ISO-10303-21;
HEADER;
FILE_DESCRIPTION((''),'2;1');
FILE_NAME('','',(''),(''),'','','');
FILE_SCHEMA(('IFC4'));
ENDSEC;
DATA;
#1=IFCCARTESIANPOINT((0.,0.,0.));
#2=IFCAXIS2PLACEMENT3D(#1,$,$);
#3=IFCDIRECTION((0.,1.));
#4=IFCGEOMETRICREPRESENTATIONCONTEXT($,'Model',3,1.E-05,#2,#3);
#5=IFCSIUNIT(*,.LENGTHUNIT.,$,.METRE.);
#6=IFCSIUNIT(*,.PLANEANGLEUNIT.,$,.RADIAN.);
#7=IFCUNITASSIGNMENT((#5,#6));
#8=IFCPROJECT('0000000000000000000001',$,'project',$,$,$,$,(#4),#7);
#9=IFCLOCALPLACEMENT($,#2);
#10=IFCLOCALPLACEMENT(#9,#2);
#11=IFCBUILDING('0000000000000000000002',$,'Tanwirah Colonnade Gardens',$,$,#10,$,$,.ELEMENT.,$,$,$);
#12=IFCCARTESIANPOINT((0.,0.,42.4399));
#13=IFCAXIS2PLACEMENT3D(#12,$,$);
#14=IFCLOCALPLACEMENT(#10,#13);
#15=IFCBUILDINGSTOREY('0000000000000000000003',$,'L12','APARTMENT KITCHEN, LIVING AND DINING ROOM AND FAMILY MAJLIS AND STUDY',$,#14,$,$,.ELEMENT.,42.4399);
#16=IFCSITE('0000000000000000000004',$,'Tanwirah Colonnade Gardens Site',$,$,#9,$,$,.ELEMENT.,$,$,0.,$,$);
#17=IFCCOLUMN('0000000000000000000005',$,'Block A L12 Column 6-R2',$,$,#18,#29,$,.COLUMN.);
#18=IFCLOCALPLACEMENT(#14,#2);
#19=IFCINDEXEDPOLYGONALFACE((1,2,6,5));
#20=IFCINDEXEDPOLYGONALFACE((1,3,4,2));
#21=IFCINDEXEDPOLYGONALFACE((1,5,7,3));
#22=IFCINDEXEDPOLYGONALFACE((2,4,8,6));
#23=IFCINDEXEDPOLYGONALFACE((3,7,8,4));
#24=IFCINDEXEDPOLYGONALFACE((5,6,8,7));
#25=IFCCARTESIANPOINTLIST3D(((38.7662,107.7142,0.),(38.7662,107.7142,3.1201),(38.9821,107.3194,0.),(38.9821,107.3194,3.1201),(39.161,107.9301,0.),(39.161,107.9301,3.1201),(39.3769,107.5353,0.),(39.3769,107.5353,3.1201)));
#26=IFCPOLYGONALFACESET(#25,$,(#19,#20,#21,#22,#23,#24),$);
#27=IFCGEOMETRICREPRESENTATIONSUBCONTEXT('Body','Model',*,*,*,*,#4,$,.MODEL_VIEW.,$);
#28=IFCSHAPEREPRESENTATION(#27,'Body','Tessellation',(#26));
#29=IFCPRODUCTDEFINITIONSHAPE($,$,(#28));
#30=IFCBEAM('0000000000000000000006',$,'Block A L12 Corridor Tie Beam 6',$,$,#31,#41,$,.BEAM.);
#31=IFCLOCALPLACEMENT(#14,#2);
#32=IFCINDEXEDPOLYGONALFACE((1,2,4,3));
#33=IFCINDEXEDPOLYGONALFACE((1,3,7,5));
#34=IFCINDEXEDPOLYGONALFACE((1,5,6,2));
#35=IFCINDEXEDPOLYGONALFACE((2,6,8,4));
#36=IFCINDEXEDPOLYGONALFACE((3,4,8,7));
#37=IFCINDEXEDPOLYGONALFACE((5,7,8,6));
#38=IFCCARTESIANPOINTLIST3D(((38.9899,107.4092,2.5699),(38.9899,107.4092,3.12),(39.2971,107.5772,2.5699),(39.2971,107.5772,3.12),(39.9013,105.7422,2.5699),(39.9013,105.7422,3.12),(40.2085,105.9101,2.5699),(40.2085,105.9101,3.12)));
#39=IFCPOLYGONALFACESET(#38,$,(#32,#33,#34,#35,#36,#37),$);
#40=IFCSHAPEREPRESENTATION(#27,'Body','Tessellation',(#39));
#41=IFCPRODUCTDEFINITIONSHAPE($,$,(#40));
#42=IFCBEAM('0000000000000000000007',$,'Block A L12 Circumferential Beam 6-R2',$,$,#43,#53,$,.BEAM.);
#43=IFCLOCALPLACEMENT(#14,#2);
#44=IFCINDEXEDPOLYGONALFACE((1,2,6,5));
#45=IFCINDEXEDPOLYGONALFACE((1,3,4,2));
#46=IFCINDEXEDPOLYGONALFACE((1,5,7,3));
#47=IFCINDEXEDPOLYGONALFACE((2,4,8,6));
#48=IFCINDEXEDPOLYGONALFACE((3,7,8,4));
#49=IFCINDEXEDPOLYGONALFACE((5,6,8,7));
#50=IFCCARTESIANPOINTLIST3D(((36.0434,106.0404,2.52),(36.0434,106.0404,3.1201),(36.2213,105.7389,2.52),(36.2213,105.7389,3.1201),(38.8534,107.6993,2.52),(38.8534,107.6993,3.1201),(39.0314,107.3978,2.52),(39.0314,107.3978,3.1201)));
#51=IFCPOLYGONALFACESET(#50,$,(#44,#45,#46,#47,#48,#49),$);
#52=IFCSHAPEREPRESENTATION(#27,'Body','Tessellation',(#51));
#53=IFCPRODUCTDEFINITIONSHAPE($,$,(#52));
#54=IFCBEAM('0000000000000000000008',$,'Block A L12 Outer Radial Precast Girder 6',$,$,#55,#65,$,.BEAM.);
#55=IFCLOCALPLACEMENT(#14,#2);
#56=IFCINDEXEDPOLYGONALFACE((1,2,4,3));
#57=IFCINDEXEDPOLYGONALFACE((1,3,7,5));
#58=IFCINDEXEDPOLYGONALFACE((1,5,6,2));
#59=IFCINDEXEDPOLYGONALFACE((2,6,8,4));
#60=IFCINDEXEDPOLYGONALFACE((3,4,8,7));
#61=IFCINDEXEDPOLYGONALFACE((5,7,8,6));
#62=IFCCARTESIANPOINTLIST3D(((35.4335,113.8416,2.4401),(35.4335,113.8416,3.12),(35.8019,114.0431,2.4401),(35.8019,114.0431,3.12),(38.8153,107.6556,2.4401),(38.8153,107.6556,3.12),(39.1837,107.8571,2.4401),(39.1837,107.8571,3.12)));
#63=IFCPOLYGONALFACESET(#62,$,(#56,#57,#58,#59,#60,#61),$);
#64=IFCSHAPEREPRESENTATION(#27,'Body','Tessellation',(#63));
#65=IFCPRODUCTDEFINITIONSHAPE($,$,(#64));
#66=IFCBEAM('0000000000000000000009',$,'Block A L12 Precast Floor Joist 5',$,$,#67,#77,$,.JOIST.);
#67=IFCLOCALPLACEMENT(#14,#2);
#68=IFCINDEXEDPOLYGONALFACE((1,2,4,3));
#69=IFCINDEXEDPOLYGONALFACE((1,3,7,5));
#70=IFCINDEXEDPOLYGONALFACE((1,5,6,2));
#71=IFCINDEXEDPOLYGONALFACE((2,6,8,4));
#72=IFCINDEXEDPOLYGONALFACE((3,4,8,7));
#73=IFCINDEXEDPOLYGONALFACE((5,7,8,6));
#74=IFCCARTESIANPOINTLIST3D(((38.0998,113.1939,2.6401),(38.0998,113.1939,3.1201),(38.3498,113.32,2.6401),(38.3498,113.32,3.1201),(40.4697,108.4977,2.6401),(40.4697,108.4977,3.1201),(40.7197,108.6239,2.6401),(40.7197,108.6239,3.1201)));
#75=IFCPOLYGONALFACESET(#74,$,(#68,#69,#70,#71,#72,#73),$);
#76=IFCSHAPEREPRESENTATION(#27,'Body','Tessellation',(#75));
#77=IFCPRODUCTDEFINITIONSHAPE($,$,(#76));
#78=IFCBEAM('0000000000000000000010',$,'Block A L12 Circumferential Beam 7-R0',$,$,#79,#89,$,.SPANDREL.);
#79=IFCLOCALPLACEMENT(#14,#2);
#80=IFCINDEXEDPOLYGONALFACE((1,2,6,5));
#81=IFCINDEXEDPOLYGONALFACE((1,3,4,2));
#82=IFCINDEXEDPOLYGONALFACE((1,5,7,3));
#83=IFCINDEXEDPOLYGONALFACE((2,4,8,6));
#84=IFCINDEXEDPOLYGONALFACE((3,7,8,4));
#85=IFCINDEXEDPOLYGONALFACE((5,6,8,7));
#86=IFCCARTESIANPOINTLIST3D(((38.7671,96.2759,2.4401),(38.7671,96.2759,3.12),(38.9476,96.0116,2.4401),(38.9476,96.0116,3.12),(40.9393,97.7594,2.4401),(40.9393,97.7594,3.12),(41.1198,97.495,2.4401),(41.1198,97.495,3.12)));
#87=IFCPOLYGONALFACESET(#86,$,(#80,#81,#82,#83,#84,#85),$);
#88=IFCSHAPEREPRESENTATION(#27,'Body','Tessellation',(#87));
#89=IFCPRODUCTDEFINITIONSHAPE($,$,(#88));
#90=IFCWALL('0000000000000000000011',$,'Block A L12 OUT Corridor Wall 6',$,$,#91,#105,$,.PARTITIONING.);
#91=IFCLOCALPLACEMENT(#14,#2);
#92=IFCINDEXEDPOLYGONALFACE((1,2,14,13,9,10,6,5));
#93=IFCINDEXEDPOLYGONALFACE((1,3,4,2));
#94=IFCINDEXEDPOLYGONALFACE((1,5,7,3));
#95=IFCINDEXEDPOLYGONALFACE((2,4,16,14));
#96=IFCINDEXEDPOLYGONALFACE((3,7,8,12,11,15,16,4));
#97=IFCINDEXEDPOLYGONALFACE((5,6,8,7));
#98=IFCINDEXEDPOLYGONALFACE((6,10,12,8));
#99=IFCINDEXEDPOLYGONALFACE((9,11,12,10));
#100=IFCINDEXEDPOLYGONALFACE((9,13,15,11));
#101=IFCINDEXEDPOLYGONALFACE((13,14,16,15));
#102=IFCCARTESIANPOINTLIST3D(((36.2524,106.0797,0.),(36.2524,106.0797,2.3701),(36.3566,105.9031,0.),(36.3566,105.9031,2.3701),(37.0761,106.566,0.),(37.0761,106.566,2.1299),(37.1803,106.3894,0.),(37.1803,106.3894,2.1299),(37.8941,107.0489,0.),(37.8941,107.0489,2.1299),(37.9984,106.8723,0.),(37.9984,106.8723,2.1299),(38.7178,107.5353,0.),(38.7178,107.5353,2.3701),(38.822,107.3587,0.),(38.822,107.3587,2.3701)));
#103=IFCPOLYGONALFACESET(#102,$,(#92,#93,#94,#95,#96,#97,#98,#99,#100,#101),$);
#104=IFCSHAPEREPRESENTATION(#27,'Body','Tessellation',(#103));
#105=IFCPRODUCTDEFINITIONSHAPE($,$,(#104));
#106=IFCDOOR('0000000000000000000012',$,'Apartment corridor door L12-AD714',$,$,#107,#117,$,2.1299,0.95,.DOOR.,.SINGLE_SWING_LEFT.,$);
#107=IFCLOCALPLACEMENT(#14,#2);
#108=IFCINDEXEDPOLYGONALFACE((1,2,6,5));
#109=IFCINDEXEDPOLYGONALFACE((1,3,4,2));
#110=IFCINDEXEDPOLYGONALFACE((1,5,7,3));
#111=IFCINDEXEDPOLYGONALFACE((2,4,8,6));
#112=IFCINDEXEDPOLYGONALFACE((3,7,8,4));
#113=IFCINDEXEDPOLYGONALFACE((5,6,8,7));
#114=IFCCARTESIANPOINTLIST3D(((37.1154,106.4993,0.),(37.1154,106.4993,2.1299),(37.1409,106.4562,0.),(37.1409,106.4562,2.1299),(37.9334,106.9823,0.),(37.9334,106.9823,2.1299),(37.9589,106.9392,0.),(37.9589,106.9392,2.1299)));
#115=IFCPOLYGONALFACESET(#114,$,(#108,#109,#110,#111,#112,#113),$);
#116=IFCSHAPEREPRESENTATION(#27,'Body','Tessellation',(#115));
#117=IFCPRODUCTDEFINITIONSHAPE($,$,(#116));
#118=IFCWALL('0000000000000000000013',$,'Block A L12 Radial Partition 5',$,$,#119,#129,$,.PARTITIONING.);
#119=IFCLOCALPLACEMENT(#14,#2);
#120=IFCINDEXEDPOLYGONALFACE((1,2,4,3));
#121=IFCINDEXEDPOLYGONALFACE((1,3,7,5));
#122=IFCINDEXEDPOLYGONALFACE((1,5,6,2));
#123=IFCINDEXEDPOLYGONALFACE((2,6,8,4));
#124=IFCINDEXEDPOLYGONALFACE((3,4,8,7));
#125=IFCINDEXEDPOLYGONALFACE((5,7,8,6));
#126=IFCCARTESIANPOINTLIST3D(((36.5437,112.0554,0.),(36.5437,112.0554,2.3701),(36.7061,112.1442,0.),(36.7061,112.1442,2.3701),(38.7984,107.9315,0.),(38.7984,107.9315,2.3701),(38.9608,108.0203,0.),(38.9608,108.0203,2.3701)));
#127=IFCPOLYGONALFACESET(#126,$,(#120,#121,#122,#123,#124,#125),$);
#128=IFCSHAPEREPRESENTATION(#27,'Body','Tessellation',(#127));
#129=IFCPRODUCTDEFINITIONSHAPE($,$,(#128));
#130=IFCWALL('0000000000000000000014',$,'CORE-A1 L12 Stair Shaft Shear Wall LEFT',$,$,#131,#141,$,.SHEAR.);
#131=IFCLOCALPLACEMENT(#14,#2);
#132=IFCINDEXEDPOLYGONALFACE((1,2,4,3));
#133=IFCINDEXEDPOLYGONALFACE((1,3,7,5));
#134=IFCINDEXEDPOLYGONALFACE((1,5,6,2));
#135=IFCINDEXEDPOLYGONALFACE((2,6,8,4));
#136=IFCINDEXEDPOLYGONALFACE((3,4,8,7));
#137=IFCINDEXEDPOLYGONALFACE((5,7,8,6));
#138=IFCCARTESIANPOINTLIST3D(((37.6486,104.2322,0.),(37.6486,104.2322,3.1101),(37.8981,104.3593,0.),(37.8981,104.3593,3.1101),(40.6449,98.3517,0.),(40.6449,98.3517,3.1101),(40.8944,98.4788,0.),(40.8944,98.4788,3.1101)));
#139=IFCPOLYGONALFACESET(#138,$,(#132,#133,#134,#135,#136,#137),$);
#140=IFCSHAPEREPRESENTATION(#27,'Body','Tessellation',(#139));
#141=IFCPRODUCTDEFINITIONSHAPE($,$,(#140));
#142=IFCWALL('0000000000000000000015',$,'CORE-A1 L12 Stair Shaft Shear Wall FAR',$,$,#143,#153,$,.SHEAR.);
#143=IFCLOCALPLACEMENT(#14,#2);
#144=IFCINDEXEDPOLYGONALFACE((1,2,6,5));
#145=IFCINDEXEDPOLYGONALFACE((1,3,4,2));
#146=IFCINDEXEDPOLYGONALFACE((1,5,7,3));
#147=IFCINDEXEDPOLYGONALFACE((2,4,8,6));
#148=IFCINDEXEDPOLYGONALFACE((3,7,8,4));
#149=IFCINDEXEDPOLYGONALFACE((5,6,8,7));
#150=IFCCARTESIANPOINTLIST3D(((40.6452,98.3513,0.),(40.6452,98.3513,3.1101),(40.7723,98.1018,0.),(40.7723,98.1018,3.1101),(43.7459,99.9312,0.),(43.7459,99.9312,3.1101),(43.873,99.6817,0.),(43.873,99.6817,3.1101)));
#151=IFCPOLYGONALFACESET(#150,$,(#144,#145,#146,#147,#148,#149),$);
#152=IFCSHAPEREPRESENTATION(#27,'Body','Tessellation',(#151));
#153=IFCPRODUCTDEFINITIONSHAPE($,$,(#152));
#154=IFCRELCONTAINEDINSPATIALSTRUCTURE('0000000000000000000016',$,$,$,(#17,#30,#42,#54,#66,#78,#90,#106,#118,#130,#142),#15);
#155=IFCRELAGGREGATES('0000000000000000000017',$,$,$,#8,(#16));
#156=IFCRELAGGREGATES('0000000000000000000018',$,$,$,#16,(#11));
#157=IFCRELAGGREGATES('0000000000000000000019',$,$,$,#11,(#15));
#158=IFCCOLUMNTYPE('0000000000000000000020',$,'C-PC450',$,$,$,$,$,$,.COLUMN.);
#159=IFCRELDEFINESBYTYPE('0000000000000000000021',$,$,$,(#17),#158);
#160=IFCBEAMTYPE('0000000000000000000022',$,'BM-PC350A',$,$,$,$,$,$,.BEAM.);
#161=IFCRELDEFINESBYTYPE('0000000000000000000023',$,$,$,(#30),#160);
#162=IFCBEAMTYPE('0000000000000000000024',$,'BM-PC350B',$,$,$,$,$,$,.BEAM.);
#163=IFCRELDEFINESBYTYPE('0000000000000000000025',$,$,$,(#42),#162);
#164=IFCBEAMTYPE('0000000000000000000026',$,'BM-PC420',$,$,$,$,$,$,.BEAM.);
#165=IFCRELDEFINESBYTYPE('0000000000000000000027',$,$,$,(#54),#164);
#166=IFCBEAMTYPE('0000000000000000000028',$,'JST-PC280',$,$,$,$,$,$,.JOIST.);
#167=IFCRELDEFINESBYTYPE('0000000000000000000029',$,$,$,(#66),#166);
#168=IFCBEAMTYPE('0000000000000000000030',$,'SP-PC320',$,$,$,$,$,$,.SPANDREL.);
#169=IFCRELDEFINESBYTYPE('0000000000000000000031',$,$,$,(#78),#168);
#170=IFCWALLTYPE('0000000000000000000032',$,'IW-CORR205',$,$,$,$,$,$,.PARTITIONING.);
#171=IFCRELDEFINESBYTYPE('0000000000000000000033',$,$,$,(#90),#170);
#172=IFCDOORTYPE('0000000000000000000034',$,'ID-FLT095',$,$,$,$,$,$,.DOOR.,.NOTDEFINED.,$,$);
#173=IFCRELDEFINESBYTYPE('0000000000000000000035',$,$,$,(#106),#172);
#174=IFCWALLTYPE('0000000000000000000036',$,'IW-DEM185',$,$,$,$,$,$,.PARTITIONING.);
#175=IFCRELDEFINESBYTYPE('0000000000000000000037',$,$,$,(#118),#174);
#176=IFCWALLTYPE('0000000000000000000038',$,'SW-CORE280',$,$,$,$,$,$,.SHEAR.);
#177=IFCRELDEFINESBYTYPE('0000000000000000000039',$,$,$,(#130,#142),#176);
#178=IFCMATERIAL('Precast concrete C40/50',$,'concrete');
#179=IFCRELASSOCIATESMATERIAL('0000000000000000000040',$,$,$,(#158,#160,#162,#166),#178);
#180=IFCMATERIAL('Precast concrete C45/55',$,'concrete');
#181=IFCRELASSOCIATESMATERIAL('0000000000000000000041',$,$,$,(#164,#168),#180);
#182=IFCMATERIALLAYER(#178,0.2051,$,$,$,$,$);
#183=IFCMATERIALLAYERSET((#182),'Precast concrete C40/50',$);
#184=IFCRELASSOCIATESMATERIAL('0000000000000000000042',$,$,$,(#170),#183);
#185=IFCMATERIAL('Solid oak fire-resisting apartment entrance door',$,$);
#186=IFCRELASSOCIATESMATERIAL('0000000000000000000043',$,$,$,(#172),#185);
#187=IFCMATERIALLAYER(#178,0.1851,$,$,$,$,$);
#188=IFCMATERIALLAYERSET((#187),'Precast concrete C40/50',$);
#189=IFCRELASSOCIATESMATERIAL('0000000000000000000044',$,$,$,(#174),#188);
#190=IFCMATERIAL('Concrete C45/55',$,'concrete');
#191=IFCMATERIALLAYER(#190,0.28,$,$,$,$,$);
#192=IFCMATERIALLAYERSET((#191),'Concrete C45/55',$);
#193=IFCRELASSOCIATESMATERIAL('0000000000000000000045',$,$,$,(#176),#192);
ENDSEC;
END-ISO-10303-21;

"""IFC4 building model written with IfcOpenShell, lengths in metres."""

from ifc_helpers import new_model, si_unit, direction, frame, frame_2d, origin, origin_2d, place, context, subcontext, project, spatial, rectangle, extrude, material, layer, layer_set, material_profile, profile_set, type_object, element, fill, save


model = new_model("IFC4")

# Units and contexts
model_context = context("Model", 3, precision=1e-05, world=origin(), true_north=direction((0.0, 1.0)))
body_context = subcontext(model_context, "Body", "Model", "MODEL_VIEW")
ifc_project = project(units=[si_unit("LENGTHUNIT", "METRE"), si_unit("PLANEANGLEUNIT", "RADIAN")], contexts=[model_context])

# Site, building, storey
site_placement = place(None, origin())
site = spatial("IfcSite", under=ifc_project, at=site_placement, Name="Tanwirah Colonnade Gardens Site", CompositionType="ELEMENT", RefElevation=0.0)
building_placement = place(site_placement, origin())
building = spatial("IfcBuilding", under=site, at=building_placement, Name="Tanwirah Colonnade Gardens", CompositionType="ELEMENT")
storey_placement = place(building_placement, frame((0.0, 0.0, 42.4399)))
storey = spatial("IfcBuildingStorey", under=building, at=storey_placement, Name="L12", Description="APARTMENT KITCHEN, LIVING AND DINING ROOM AND FAMILY MAJLIS AND STUDY", CompositionType="ELEMENT", Elevation=42.4399)

# Column
ifc_material_1 = material(Name="Precast concrete C40/50", Category="concrete")
ifc_material_profile_1 = material_profile(ifc_material_1, rectangle(XDim=0.45, YDim=0.45, at=origin_2d()), Name="PC-COL 450x450")
ifc_profile_set_1 = profile_set([ifc_material_profile_1], Name="Precast concrete C40/50")
column_type = type_object("IfcColumnType", Name="C-PC450", PredefinedType="COLUMN", material=ifc_profile_set_1)
column_placement = place(storey_placement, frame((39.0715, 107.6248, 0.0), z_axis=(0.0, 0.0, 1.0), x_axis=(-0.479713, 0.877425, 0.0)))
element("IfcColumn", 1, at=column_placement, inside=storey, type_object=column_type, Name="Block A L12 Column 6-R2", PredefinedType="COLUMN", context=body_context, shape_type="SweptSolid", body=[
    extrude(rectangle(XDim=0.45, YDim=0.45, at=origin_2d()), origin(), (0.0, 0.0, 1.0), 3.1201),
])

# Beams
ifc_material_profile_2 = material_profile(ifc_material_1, rectangle(XDim=0.3501, YDim=0.55, at=origin_2d()), Name="PC-BM 350x550")
ifc_profile_set_2 = profile_set([ifc_material_profile_2], Name="Precast concrete C40/50")
beam_type_1 = type_object("IfcBeamType", Name="BM-PC350A", PredefinedType="BEAM", material=ifc_profile_set_2)
beam_1_placement = place(storey_placement, frame((40.0549, 105.8262, 2.845), z_axis=(-0.479707, 0.877429, 0.0), x_axis=(-0.877429, -0.479707, 0.0)))
element("IfcBeam", 2, at=beam_1_placement, inside=storey, type_object=beam_type_1, Name="Block A L12 Corridor Tie Beam 6", PredefinedType="BEAM", context=body_context, shape_type="SweptSolid", body=[
    extrude(rectangle(XDim=0.3501, YDim=0.55, at=origin_2d()), origin(), (0.0, 0.0, 1.0), 1.8999),
])
ifc_material_profile_3 = material_profile(ifc_material_1, rectangle(XDim=0.3501, YDim=0.6001, at=origin_2d()), Name="PC-BM 350x600")
ifc_profile_set_3 = profile_set([ifc_material_profile_3], Name="Precast concrete C40/50")
beam_type_2 = type_object("IfcBeamType", Name="BM-PC350B", PredefinedType="BEAM", material=ifc_profile_set_3)
beam_2_placement = place(storey_placement, frame((38.9424, 107.5486, 2.8201), z_axis=(-0.861135, -0.508376, 0.0), x_axis=(0.508376, -0.861135, 0.0)))
element("IfcBeam", 3, at=beam_2_placement, inside=storey, type_object=beam_type_2, Name="Block A L12 Circumferential Beam 6-R2", PredefinedType="BEAM", context=body_context, shape_type="SweptSolid", body=[
    extrude(rectangle(XDim=0.3501, YDim=0.6001, at=origin_2d()), origin(), (0.0, 0.0, 1.0), 3.2632),
])
ifc_material_2 = material(Name="Precast concrete C45/55", Category="concrete")
ifc_material_profile_4 = material_profile(ifc_material_2, rectangle(XDim=0.4199, YDim=0.6799, at=origin_2d()), Name="PC-BM 420x680")
ifc_profile_set_4 = profile_set([ifc_material_profile_4], Name="Precast concrete C45/55")
beam_type_3 = type_object("IfcBeamType", Name="BM-PC420", PredefinedType="BEAM", material=ifc_profile_set_4)
beam_3_placement = place(storey_placement, frame((38.9995, 107.7563, 2.78), z_axis=(-0.479687, 0.87744, 0.0), x_axis=(-0.87744, -0.479687, 0.0)))
element("IfcBeam", 4, at=beam_3_placement, inside=storey, type_object=beam_type_3, Name="Block A L12 Outer Radial Precast Girder 6", PredefinedType="BEAM", context=body_context, shape_type="SweptSolid", body=[
    extrude(rectangle(XDim=0.4199, YDim=0.6799, at=origin_2d()), origin(), (0.0, 0.0, 1.0), 7.05),
])
ifc_material_profile_5 = material_profile(ifc_material_1, rectangle(XDim=0.28, YDim=0.48, at=origin_2d()), Name="PC-JST 280x480")
ifc_profile_set_5 = profile_set([ifc_material_profile_5], Name="Precast concrete C40/50")
beam_type_4 = type_object("IfcBeamType", Name="JST-PC280", PredefinedType="JOIST", material=ifc_profile_set_5)
beam_4_placement = place(storey_placement, frame((40.5947, 108.5608, 2.8801), z_axis=(-0.450534, 0.892759, 0.0), x_axis=(-0.892759, -0.450534, 0.0)))
element("IfcBeam", 5, at=beam_4_placement, inside=storey, type_object=beam_type_4, Name="Block A L12 Precast Floor Joist 5", PredefinedType="JOIST", context=body_context, shape_type="SweptSolid", body=[
    extrude(rectangle(XDim=0.28, YDim=0.48, at=origin_2d()), origin(), (0.0, 0.0, 1.0), 5.2603),
])
ifc_material_profile_6 = material_profile(ifc_material_2, rectangle(XDim=0.3201, YDim=0.6799, at=origin_2d()), Name="PC-SP 320x680")
ifc_profile_set_6 = profile_set([ifc_material_profile_6], Name="Precast concrete C45/55")
beam_type_5 = type_object("IfcBeamType", Name="SP-PC320", PredefinedType="SPANDREL", material=ifc_profile_set_6)
beam_5_placement = place(storey_placement, frame((41.0295, 97.6272, 2.78), z_axis=(-0.825801, -0.563962, 0.0), x_axis=(0.563962, -0.825801, 0.0)))
element("IfcBeam", 6, at=beam_5_placement, inside=storey, type_object=beam_type_5, Name="Block A L12 Circumferential Beam 7-R0", PredefinedType="SPANDREL", context=body_context, shape_type="SweptSolid", body=[
    extrude(rectangle(XDim=0.3201, YDim=0.6799, at=origin_2d()), origin(), (0.0, 0.0, 1.0), 2.6304),
])

# Wall, opening, door
ifc_layer_1 = layer(ifc_material_1, 0.2051)
ifc_layer_set_1 = layer_set([ifc_layer_1], Name="Precast concrete C40/50")
wall_type_1 = type_object("IfcWallType", Name="IW-CORR205", PredefinedType="PARTITIONING", material=ifc_layer_set_1)
wall_1_placement = place(storey_placement, frame((38.77, 107.447, 0.0), z_axis=(0.0, 0.0, 1.0), x_axis=(-0.861113, -0.508413, 0.0)))
wall_1 = element("IfcWall", 7, at=wall_1_placement, inside=storey, type_object=wall_type_1, Name="Block A L12 OUT Corridor Wall 6", PredefinedType="PARTITIONING", context=body_context, shape_type="SweptSolid", body=[
    extrude(rectangle(XDim=2.863, YDim=0.2051, at=frame_2d((1.4316, 0.0))), origin(), (0.0, 0.0, 1.0), 2.3701),
])
opening_1_placement = place(wall_1_placement, frame((0.9565, 0.0, 0.0)))
opening_1 = element("IfcOpeningElement", 8, at=opening_1_placement, cuts=wall_1, PredefinedType="OPENING", context=body_context, shape_type="SweptSolid", body=[
    extrude(rectangle(XDim=0.95, YDim=2.1299, at=frame_2d((0.4751, 1.0649))), frame((0.0, 0.1125, 0.0), z_axis=(0.0, -1.0, 0.0), x_axis=(1.0, 0.0, 0.0)), (0.0, 0.0, 1.0), 0.2251),
])
ifc_material_3 = material(Name="Solid oak fire-resisting apartment entrance door")
door_type_1 = type_object("IfcDoorType", Name="ID-FLT095", OperationType="NOTDEFINED", PredefinedType="DOOR", material=ifc_material_3)
door_1_placement = place(opening_1_placement, origin())
door_1 = element("IfcDoor", 9, at=door_1_placement, inside=storey, type_object=door_type_1, Name="Apartment corridor door L12-AD714", OperationType="SINGLE_SWING_LEFT", OverallHeight=2.1299, OverallWidth=0.95, PredefinedType="DOOR", context=body_context, shape_type="SweptSolid", body=[
    extrude(rectangle(XDim=0.95, YDim=2.1299, at=frame_2d((0.4751, 1.0649))), frame((0.0, 0.0249, 0.0), z_axis=(0.0, -1.0, 0.0), x_axis=(1.0, 0.0, 0.0)), (0.0, 0.0, 1.0), 0.05),
])
fill(opening_1, door_1)

# Wall
ifc_layer_2 = layer(ifc_material_1, 0.1851)
ifc_layer_set_2 = layer_set([ifc_layer_2], Name="Precast concrete C40/50")
wall_type_2 = type_object("IfcWallType", Name="IW-DEM185", PredefinedType="PARTITIONING", material=ifc_layer_set_2)
wall_2_placement = place(storey_placement, frame((38.8796, 107.9758, 0.0), z_axis=(0.0, 0.0, 1.0), x_axis=(-0.479722, 0.877421, 0.0)))
element("IfcWall", 10, at=wall_2_placement, inside=storey, type_object=wall_type_2, Name="Block A L12 Radial Partition 5", PredefinedType="PARTITIONING", context=body_context, shape_type="SweptSolid", body=[
    extrude(rectangle(XDim=4.7, YDim=0.1851, at=frame_2d((2.3501, 0.0))), origin(), (0.0, 0.0, 1.0), 2.3701),
])

# Walls
ifc_material_4 = material(Name="Concrete C45/55", Category="concrete")
ifc_layer_3 = layer(ifc_material_4, 0.28)
ifc_layer_set_3 = layer_set([ifc_layer_3], Name="Concrete C45/55")
wall_type_3 = type_object("IfcWallType", Name="SW-CORE280", PredefinedType="SHEAR", material=ifc_layer_set_3)
wall_3_placement = place(storey_placement, frame((37.7734, 104.2957, 0.0), z_axis=(0.0, 0.0, 1.0), x_axis=(0.453992, -0.891006, 0.0)))
element("IfcWall", 11, at=wall_3_placement, inside=storey, type_object=wall_type_3, Name="CORE-A1 L12 Stair Shaft Shear Wall LEFT", PredefinedType="SHEAR", context=body_context, shape_type="SweptSolid", body=[
    extrude(rectangle(XDim=6.5999, YDim=0.28, at=frame_2d((3.2998, 0.0))), origin(), (0.0, 0.0, 1.0), 3.1101),
])
wall_4_placement = place(storey_placement, frame((40.7087, 98.2266, 0.0), z_axis=(0.0, 0.0, 1.0), x_axis=(0.891006, 0.453992, 0.0)))
element("IfcWall", 12, at=wall_4_placement, inside=storey, type_object=wall_type_3, Name="CORE-A1 L12 Stair Shaft Shear Wall FAR", PredefinedType="SHEAR", context=body_context, shape_type="SweptSolid", body=[
    extrude(rectangle(XDim=3.48, YDim=0.28, at=frame_2d((1.74, 0.0))), origin(), (0.0, 0.0, 1.0), 3.1101),
])

save(model, "model.ifc")
